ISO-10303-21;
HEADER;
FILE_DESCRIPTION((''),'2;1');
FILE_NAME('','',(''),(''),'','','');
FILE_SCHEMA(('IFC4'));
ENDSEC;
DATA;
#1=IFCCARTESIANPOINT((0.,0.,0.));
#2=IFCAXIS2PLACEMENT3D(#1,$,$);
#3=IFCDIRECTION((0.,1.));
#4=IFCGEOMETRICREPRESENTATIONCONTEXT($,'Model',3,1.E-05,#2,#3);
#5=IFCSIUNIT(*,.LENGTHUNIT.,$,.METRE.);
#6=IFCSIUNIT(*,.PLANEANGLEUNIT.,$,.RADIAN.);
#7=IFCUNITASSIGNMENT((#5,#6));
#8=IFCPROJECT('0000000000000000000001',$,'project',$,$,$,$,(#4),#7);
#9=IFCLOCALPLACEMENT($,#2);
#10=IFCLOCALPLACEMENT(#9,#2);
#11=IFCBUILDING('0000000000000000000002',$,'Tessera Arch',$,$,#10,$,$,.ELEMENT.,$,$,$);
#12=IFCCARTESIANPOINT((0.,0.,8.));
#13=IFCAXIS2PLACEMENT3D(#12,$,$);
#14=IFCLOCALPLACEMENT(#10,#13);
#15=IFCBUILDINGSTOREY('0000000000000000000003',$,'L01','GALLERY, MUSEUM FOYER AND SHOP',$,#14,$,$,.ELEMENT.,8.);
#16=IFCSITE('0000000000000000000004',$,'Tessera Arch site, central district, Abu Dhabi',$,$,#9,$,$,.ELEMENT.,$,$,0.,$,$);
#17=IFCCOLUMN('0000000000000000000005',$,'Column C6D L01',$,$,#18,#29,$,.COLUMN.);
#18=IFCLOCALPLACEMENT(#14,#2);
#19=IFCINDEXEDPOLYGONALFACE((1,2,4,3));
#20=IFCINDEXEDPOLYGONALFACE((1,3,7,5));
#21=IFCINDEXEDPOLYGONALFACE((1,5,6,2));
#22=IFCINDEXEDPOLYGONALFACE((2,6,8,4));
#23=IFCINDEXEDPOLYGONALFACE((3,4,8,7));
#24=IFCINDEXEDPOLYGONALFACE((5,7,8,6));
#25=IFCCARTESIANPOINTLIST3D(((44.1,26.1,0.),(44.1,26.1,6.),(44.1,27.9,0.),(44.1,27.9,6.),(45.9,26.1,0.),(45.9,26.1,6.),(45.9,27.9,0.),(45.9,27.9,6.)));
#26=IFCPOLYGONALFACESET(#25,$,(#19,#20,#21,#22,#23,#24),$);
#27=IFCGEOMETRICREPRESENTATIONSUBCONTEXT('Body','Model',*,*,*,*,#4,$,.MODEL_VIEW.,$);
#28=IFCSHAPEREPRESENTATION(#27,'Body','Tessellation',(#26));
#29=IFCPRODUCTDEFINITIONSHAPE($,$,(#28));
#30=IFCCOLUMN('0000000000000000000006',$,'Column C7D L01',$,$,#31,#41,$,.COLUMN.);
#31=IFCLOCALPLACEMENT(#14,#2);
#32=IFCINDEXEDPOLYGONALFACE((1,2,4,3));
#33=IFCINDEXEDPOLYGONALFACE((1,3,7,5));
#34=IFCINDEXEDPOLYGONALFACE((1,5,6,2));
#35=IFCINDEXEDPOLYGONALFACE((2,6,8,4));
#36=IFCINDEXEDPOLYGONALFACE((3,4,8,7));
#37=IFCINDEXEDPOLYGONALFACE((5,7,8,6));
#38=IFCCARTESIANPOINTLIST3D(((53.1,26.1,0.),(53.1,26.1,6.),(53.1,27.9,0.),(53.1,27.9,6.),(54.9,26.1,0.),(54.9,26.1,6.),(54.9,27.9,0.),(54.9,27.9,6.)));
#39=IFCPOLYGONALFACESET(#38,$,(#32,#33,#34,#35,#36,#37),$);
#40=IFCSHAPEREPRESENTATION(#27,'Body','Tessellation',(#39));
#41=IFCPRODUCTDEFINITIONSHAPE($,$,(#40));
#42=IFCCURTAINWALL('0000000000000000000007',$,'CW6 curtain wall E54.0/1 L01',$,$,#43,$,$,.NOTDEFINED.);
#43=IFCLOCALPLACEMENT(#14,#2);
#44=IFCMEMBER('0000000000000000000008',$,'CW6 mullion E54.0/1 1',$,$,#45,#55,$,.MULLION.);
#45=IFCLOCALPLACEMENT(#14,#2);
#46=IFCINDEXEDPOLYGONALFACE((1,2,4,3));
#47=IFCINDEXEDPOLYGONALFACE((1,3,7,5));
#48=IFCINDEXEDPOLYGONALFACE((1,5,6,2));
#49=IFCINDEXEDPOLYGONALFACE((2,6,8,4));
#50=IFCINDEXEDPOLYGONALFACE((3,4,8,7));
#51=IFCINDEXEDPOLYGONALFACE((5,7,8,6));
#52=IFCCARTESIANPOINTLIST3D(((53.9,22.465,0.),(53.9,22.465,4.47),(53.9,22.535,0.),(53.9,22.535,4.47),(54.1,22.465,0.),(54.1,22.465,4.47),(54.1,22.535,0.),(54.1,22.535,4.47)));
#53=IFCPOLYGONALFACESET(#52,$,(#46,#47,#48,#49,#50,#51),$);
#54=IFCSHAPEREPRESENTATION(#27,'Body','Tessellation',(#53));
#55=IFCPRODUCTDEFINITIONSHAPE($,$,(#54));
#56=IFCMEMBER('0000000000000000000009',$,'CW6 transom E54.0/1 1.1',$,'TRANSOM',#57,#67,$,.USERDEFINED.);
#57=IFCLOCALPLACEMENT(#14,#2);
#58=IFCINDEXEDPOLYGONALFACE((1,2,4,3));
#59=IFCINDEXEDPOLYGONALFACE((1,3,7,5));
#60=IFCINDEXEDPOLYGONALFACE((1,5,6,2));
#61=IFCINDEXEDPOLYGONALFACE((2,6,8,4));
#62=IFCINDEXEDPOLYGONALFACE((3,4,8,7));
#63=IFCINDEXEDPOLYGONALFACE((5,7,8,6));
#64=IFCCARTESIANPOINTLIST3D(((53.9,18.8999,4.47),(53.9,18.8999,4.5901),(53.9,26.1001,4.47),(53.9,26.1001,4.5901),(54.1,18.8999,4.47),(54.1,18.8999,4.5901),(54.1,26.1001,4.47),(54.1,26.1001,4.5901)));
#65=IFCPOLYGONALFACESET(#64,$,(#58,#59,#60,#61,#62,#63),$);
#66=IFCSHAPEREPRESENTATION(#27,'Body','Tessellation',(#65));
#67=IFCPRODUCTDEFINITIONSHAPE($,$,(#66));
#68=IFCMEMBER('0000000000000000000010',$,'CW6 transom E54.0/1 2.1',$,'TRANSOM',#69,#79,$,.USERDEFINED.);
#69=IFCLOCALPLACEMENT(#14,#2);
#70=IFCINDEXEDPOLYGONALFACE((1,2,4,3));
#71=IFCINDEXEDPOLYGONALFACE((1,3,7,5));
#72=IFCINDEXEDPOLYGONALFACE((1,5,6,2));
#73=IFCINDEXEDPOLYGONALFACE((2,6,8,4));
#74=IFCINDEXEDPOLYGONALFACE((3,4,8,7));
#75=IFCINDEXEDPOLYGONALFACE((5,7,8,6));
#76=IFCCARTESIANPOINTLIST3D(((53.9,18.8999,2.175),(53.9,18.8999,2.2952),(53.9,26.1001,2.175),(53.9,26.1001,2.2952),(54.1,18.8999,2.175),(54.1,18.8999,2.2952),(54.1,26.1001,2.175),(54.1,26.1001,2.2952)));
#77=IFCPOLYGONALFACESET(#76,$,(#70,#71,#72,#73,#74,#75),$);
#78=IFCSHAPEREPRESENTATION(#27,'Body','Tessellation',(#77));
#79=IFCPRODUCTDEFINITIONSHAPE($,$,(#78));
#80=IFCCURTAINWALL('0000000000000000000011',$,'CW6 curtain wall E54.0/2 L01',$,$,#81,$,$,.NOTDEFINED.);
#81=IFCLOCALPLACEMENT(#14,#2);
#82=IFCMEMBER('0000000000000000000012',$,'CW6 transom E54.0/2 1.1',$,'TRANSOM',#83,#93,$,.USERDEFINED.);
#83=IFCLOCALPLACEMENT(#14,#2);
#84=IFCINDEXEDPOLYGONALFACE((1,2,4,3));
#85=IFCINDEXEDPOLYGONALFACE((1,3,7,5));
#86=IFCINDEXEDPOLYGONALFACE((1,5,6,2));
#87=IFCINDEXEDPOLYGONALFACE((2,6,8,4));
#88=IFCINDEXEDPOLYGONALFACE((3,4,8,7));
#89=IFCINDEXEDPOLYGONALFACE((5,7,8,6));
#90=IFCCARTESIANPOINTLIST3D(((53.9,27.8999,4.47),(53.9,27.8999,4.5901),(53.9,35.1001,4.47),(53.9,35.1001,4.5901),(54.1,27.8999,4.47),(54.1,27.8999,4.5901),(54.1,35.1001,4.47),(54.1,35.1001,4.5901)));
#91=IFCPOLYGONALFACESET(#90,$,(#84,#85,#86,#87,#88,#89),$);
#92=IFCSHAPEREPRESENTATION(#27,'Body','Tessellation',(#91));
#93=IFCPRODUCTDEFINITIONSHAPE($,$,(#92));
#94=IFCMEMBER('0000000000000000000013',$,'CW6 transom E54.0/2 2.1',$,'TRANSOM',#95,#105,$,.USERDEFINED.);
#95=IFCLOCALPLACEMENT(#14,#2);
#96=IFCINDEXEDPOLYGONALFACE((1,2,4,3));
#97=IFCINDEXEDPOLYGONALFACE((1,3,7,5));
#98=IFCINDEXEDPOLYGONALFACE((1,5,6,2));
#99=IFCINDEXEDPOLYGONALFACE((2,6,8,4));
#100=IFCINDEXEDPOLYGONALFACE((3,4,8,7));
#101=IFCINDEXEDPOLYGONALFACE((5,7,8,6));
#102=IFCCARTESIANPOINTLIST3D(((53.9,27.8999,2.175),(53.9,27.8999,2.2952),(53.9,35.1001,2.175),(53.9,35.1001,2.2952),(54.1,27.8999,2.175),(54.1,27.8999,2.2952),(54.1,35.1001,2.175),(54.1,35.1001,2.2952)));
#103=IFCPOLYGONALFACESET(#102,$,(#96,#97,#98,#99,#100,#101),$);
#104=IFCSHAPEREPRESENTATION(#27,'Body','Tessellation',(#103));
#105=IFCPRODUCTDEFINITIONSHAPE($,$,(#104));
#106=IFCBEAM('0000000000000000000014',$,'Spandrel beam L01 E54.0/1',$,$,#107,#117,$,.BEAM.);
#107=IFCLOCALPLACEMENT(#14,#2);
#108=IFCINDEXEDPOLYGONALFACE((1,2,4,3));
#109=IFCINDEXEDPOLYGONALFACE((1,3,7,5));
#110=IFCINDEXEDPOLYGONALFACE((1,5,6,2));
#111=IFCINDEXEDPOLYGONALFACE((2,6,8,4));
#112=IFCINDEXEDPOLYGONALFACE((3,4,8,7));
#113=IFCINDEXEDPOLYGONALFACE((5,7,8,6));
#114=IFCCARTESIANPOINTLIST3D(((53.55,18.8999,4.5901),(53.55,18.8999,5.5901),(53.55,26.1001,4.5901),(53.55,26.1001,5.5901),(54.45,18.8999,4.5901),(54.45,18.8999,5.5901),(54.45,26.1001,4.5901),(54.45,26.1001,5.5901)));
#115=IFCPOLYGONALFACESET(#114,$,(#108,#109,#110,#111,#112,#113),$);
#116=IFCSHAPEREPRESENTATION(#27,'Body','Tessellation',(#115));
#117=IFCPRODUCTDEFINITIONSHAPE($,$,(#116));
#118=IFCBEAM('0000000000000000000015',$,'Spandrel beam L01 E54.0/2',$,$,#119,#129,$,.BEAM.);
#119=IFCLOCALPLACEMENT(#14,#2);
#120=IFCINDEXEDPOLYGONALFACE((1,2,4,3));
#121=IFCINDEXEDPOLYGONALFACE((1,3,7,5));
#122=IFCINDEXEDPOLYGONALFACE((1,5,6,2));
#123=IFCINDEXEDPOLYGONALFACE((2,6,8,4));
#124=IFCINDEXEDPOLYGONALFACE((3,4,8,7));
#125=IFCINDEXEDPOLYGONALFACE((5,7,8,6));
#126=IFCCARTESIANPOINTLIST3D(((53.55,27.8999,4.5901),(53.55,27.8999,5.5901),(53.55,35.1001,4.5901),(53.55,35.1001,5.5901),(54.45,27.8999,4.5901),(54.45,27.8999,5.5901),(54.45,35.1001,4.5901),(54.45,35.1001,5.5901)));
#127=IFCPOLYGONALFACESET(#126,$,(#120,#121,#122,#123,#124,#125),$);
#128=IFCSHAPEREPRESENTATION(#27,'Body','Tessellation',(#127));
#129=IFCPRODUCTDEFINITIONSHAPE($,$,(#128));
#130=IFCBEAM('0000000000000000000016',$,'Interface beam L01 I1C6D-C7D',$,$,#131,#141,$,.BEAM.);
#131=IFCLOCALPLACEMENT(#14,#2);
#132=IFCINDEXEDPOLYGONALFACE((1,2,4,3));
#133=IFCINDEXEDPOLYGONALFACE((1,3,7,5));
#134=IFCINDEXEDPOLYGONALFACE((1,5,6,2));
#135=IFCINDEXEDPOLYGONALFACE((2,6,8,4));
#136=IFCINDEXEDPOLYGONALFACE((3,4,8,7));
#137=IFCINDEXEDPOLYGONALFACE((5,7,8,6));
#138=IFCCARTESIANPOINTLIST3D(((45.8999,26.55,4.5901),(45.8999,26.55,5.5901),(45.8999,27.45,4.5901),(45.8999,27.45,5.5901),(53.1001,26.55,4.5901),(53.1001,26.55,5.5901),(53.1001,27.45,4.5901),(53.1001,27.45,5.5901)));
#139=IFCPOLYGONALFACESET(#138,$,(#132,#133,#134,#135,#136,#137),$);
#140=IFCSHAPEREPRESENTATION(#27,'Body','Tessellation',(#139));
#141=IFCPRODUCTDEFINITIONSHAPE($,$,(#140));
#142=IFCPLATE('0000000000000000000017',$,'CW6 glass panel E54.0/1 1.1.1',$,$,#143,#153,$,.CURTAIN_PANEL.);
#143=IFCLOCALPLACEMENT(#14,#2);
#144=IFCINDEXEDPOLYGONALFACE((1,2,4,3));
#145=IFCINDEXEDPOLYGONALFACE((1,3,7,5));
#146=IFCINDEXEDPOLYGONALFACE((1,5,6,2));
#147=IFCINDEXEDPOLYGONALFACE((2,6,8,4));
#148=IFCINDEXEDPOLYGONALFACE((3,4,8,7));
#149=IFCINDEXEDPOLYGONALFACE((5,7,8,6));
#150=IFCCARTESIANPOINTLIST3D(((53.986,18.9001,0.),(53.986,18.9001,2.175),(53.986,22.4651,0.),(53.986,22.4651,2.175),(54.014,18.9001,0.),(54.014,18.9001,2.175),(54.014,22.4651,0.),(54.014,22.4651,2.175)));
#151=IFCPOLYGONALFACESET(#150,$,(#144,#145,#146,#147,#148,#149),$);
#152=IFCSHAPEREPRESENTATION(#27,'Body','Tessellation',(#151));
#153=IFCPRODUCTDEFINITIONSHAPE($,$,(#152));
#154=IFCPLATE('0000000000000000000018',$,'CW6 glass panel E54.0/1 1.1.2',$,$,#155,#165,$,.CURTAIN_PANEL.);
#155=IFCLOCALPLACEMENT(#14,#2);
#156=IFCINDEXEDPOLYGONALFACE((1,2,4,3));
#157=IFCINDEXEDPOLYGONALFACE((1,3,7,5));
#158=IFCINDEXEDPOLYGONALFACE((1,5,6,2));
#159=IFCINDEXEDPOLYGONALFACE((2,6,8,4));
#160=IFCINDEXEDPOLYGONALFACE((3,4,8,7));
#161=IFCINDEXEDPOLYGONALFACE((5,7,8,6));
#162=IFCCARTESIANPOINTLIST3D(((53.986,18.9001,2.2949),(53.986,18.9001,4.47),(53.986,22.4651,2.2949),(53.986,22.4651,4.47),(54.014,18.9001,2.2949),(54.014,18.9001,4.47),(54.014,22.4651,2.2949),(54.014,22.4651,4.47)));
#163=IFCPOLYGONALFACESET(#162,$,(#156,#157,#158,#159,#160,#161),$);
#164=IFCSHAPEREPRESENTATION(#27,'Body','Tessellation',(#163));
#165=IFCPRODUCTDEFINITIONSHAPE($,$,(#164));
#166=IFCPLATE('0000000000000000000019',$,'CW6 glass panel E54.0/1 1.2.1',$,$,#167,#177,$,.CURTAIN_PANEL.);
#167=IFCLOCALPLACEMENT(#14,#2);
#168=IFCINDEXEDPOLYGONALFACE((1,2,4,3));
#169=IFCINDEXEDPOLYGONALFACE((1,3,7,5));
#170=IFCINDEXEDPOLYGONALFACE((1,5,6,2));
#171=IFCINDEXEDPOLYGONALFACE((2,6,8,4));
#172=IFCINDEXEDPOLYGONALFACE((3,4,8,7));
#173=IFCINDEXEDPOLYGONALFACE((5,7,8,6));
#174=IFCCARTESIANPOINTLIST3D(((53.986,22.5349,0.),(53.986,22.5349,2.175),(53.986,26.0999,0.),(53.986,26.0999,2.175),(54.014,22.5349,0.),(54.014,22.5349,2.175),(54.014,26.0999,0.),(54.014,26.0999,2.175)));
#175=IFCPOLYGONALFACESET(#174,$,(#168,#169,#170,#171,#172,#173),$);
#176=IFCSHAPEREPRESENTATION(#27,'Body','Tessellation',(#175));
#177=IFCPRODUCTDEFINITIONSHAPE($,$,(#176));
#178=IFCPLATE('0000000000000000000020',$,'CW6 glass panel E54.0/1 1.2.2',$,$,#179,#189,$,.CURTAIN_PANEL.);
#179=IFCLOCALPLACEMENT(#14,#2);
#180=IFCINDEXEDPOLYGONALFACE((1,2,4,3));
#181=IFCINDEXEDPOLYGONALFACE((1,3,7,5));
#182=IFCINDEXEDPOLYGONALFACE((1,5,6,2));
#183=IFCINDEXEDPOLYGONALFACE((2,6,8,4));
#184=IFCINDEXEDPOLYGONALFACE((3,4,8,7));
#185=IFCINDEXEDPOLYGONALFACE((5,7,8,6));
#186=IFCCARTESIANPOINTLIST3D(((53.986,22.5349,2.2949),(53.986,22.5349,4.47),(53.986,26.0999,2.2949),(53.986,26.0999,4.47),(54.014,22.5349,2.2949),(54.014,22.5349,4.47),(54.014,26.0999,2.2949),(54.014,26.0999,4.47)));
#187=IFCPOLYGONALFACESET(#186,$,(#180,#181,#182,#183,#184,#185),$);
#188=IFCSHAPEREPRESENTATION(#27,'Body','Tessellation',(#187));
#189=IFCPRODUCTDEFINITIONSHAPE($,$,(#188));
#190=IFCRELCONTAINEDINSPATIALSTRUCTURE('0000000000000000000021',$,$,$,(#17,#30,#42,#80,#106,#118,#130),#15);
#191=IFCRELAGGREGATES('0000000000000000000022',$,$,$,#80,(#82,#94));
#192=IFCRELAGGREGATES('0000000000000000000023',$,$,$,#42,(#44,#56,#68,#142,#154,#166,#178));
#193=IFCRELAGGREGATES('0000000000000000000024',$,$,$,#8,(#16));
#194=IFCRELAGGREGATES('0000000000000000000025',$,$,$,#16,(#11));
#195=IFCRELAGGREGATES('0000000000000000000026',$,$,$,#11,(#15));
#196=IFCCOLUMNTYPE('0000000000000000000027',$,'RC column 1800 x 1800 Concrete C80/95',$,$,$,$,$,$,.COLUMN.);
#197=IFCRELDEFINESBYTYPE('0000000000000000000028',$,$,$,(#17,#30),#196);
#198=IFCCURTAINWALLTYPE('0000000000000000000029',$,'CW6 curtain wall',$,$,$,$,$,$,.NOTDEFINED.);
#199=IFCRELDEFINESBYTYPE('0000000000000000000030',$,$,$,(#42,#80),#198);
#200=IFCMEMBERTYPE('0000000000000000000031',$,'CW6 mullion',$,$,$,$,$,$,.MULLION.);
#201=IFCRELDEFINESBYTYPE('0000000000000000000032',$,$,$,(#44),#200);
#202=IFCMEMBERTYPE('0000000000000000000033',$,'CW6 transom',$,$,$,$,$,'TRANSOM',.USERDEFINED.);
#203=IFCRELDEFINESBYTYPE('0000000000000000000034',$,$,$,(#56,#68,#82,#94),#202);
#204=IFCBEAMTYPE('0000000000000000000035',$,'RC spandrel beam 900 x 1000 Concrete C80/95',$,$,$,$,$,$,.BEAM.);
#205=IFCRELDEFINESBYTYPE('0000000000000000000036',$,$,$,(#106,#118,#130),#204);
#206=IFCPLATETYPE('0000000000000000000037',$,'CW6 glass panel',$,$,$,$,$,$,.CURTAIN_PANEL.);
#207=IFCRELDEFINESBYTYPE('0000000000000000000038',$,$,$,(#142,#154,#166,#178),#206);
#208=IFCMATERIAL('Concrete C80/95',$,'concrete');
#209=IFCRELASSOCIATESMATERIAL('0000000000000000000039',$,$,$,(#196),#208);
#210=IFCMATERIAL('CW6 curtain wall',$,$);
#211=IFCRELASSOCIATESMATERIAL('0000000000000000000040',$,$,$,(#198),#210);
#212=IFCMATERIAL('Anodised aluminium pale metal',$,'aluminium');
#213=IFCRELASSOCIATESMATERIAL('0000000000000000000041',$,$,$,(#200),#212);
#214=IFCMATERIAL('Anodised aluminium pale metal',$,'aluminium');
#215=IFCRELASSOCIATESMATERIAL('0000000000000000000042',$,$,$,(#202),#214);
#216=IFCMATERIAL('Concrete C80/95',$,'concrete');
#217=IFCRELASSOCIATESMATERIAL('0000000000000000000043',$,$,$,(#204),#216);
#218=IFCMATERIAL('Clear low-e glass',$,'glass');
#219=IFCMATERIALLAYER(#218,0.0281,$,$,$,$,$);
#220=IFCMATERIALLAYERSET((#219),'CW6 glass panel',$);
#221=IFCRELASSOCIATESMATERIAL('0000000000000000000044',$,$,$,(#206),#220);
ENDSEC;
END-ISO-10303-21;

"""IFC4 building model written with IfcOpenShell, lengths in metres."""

from ifc_helpers import new_model, si_unit, direction, frame, origin, origin_2d, place, context, subcontext, project, spatial, rectangle, extrude, material, layer, layer_set, material_profile, profile_set, type_object, element, aggregate, save


model = new_model("IFC4")

# Units and contexts
model_context = context("Model", 3, precision=1e-05, world=origin(), true_north=direction((0.0, 1.0)))
body_context = subcontext(model_context, "Body", "Model", "MODEL_VIEW")
ifc_project = project(units=[si_unit("LENGTHUNIT", "METRE"), si_unit("PLANEANGLEUNIT", "RADIAN")], contexts=[model_context])

# Site, building, storey
site_placement = place(None, origin())
site = spatial("IfcSite", under=ifc_project, at=site_placement, Name="Tessera Arch site, central district, Abu Dhabi", CompositionType="ELEMENT", RefElevation=0.0)
building_placement = place(site_placement, origin())
building = spatial("IfcBuilding", under=site, at=building_placement, Name="Tessera Arch", CompositionType="ELEMENT")
storey_placement = place(building_placement, frame((0.0, 0.0, 8.0)))
storey = spatial("IfcBuildingStorey", under=building, at=storey_placement, Name="L01", Description="GALLERY, MUSEUM FOYER AND SHOP", CompositionType="ELEMENT", Elevation=8.0)

# Columns
ifc_material_1 = material(Name="Concrete C80/95", Category="concrete")
ifc_material_profile_1 = material_profile(ifc_material_1, rectangle(XDim=1.8, YDim=1.8, at=origin_2d()), Name="RC column 1800 x 1800 Concrete C80/95")
ifc_profile_set_1 = profile_set([ifc_material_profile_1], Name="Concrete C80/95")
column_type = type_object("IfcColumnType", Name="RC column 1800 x 1800 Concrete C80/95", PredefinedType="COLUMN", material=ifc_profile_set_1)
for number, where, z_axis, x_axis, name in (
    (1, (45.0, 27.0, 0.0), (0.0, 0.0, 1.0), (1.0, 0.0, 0.0), "Column C6D L01"),
    (2, (54.0, 27.0, 0.0), (0.0, 0.0, 1.0), (1.0, 0.0, 0.0), "Column C7D L01"),
):
    element("IfcColumn", number, at=place(storey_placement, frame(where, z_axis=z_axis, x_axis=x_axis)), inside=storey, type_object=column_type, Name=name, PredefinedType="COLUMN", context=body_context, shape_type="SweptSolid", body=[
        extrude(rectangle(XDim=1.8, YDim=1.8, at=origin_2d()), origin(), (0.0, 0.0, 1.0), 6.0),
    ])

# Curtain walls, members
ifc_material_2 = material(Name="CW6 curtain wall")
curtain_wall_type = type_object("IfcCurtainWallType", Name="CW6 curtain wall", PredefinedType="NOTDEFINED", material=ifc_material_2)
curtain_wall_1_placement = place(storey_placement, origin())
curtain_wall_1 = element("IfcCurtainWall", 3, at=curtain_wall_1_placement, inside=storey, type_object=curtain_wall_type, Name="CW6 curtain wall E54.0/1 L01", PredefinedType="NOTDEFINED")
ifc_material_3 = material(Name="Anodised aluminium pale metal", Category="aluminium")
ifc_material_profile_2 = material_profile(ifc_material_3, rectangle(XDim=0.2, YDim=0.0701, at=origin_2d()), Name="AL 70x200")
ifc_profile_set_2 = profile_set([ifc_material_profile_2], Name="Anodised aluminium pale metal")
member_type_1 = type_object("IfcMemberType", Name="CW6 mullion", PredefinedType="MULLION", material=ifc_profile_set_2)
member_1_placement = place(storey_placement, frame((54.0, 22.5, 0.0), z_axis=(0.0, 0.0, 1.0), x_axis=(-1.0, 0.0, 0.0)))
member_1 = element("IfcMember", 4, at=member_1_placement, type_object=member_type_1, Name="CW6 mullion E54.0/1 1", PredefinedType="MULLION", context=body_context, shape_type="SweptSolid", body=[
    extrude(rectangle(XDim=0.2, YDim=0.0701, at=origin_2d()), origin(), (0.0, 0.0, 1.0), 4.47),
])
ifc_material_4 = material(Name="Anodised aluminium pale metal", Category="aluminium")
ifc_material_profile_3 = material_profile(ifc_material_4, rectangle(XDim=0.2, YDim=0.1201, at=origin_2d()), Name="AL 200x120")
ifc_profile_set_3 = profile_set([ifc_material_profile_3], Name="Anodised aluminium pale metal")
member_type_2 = type_object("IfcMemberType", Name="CW6 transom", ElementType="TRANSOM", PredefinedType="USERDEFINED", material=ifc_profile_set_3)
member_2_placement = place(storey_placement, frame((54.0, 18.8999, 4.53), z_axis=(0.0, 1.0, 0.0), x_axis=(-1.0, 0.0, 0.0)))
member_2 = element("IfcMember", 5, at=member_2_placement, type_object=member_type_2, Name="CW6 transom E54.0/1 1.1", ObjectType="TRANSOM", PredefinedType="USERDEFINED", context=body_context, shape_type="SweptSolid", body=[
    extrude(rectangle(XDim=0.2, YDim=0.1201, at=origin_2d()), origin(), (0.0, 0.0, 1.0), 7.2002),
])
member_3_placement = place(storey_placement, frame((54.0, 18.8999, 2.2351), z_axis=(0.0, 1.0, 0.0), x_axis=(-1.0, 0.0, 0.0)))
member_3 = element("IfcMember", 6, at=member_3_placement, type_object=member_type_2, Name="CW6 transom E54.0/1 2.1", ObjectType="TRANSOM", PredefinedType="USERDEFINED", context=body_context, shape_type="SweptSolid", body=[
    extrude(rectangle(XDim=0.2, YDim=0.1201, at=origin_2d()), origin(), (0.0, 0.0, 1.0), 7.2002),
])
curtain_wall_2_placement = place(storey_placement, origin())
curtain_wall_2 = element("IfcCurtainWall", 7, at=curtain_wall_2_placement, inside=storey, type_object=curtain_wall_type, Name="CW6 curtain wall E54.0/2 L01", PredefinedType="NOTDEFINED")
member_4_placement = place(storey_placement, frame((54.0, 27.8999, 4.53), z_axis=(0.0, 1.0, 0.0), x_axis=(-1.0, 0.0, 0.0)))
member_4 = element("IfcMember", 8, at=member_4_placement, type_object=member_type_2, Name="CW6 transom E54.0/2 1.1", ObjectType="TRANSOM", PredefinedType="USERDEFINED", context=body_context, shape_type="SweptSolid", body=[
    extrude(rectangle(XDim=0.2, YDim=0.1201, at=origin_2d()), origin(), (0.0, 0.0, 1.0), 7.2002),
])
member_5_placement = place(storey_placement, frame((54.0, 27.8999, 2.2351), z_axis=(0.0, 1.0, 0.0), x_axis=(-1.0, 0.0, 0.0)))
member_5 = element("IfcMember", 9, at=member_5_placement, type_object=member_type_2, Name="CW6 transom E54.0/2 2.1", ObjectType="TRANSOM", PredefinedType="USERDEFINED", context=body_context, shape_type="SweptSolid", body=[
    extrude(rectangle(XDim=0.2, YDim=0.1201, at=origin_2d()), origin(), (0.0, 0.0, 1.0), 7.2002),
])
aggregate(curtain_wall_2, [member_4, member_5])

# Beams
ifc_material_5 = material(Name="Concrete C80/95", Category="concrete")
ifc_material_profile_4 = material_profile(ifc_material_5, rectangle(XDim=0.8999, YDim=1.0, at=origin_2d()), Name="RC spandrel beam 900 x 1000 Concrete C80/95")
ifc_profile_set_4 = profile_set([ifc_material_profile_4], Name="Concrete C80/95")
beam_type = type_object("IfcBeamType", Name="RC spandrel beam 900 x 1000 Concrete C80/95", PredefinedType="BEAM", material=ifc_profile_set_4)
for number, where, z_axis, x_axis, name in (
    (10, (54.0, 18.8999, 5.0901), (0.0, 1.0, 0.0), (-1.0, 0.0, 0.0), "Spandrel beam L01 E54.0/1"),
    (11, (54.0, 27.8999, 5.0901), (0.0, 1.0, 0.0), (-1.0, 0.0, 0.0), "Spandrel beam L01 E54.0/2"),
    (12, (45.8999, 27.0, 5.0901), (1.0, 0.0, 0.0), (0.0, 1.0, 0.0), "Interface beam L01 I1C6D-C7D"),
):
    element("IfcBeam", number, at=place(storey_placement, frame(where, z_axis=z_axis, x_axis=x_axis)), inside=storey, type_object=beam_type, Name=name, PredefinedType="BEAM", context=body_context, shape_type="SweptSolid", body=[
        extrude(rectangle(XDim=0.8999, YDim=1.0, at=origin_2d()), origin(), (0.0, 0.0, 1.0), 7.2002),
    ])

# Plates
ifc_material_6 = material(Name="Clear low-e glass", Category="glass")
ifc_layer_1 = layer(ifc_material_6, 0.0281)
ifc_layer_set_1 = layer_set([ifc_layer_1], Name="CW6 glass panel")
plate_type_1 = type_object("IfcPlateType", Name="CW6 glass panel", PredefinedType="CURTAIN_PANEL", material=ifc_layer_set_1)
plate_1_placement = place(storey_placement, frame((54.0, 20.6826, 0.0), z_axis=(0.0, 0.0, 1.0), x_axis=(0.0, 1.0, 0.0)))
plate_1 = element("IfcPlate", 13, at=plate_1_placement, type_object=plate_type_1, Name="CW6 glass panel E54.0/1 1.1.1", PredefinedType="CURTAIN_PANEL", context=body_context, shape_type="SweptSolid", body=[
    extrude(rectangle(XDim=3.5649, YDim=0.0281, at=origin_2d()), origin(), (0.0, 0.0, 1.0), 2.175),
])
plate_2_placement = place(storey_placement, frame((54.0, 20.6826, 2.2949), z_axis=(0.0, 0.0, 1.0), x_axis=(0.0, 1.0, 0.0)))
plate_2 = element("IfcPlate", 14, at=plate_2_placement, type_object=plate_type_1, Name="CW6 glass panel E54.0/1 1.1.2", PredefinedType="CURTAIN_PANEL", context=body_context, shape_type="SweptSolid", body=[
    extrude(rectangle(XDim=3.5649, YDim=0.0281, at=origin_2d()), origin(), (0.0, 0.0, 1.0), 2.175),
])
plate_3_placement = place(storey_placement, frame((54.0, 24.3174, 0.0), z_axis=(0.0, 0.0, 1.0), x_axis=(0.0, 1.0, 0.0)))
plate_3 = element("IfcPlate", 15, at=plate_3_placement, type_object=plate_type_1, Name="CW6 glass panel E54.0/1 1.2.1", PredefinedType="CURTAIN_PANEL", context=body_context, shape_type="SweptSolid", body=[
    extrude(rectangle(XDim=3.5649, YDim=0.0281, at=origin_2d()), origin(), (0.0, 0.0, 1.0), 2.175),
])
plate_4_placement = place(storey_placement, frame((54.0, 24.3174, 2.2949), z_axis=(0.0, 0.0, 1.0), x_axis=(0.0, 1.0, 0.0)))
plate_4 = element("IfcPlate", 16, at=plate_4_placement, type_object=plate_type_1, Name="CW6 glass panel E54.0/1 1.2.2", PredefinedType="CURTAIN_PANEL", context=body_context, shape_type="SweptSolid", body=[
    extrude(rectangle(XDim=3.5649, YDim=0.0281, at=origin_2d()), origin(), (0.0, 0.0, 1.0), 2.175),
])
aggregate(curtain_wall_1, [member_1, member_2, member_3, plate_1, plate_2, plate_3, plate_4])

save(model, "model.ifc")
